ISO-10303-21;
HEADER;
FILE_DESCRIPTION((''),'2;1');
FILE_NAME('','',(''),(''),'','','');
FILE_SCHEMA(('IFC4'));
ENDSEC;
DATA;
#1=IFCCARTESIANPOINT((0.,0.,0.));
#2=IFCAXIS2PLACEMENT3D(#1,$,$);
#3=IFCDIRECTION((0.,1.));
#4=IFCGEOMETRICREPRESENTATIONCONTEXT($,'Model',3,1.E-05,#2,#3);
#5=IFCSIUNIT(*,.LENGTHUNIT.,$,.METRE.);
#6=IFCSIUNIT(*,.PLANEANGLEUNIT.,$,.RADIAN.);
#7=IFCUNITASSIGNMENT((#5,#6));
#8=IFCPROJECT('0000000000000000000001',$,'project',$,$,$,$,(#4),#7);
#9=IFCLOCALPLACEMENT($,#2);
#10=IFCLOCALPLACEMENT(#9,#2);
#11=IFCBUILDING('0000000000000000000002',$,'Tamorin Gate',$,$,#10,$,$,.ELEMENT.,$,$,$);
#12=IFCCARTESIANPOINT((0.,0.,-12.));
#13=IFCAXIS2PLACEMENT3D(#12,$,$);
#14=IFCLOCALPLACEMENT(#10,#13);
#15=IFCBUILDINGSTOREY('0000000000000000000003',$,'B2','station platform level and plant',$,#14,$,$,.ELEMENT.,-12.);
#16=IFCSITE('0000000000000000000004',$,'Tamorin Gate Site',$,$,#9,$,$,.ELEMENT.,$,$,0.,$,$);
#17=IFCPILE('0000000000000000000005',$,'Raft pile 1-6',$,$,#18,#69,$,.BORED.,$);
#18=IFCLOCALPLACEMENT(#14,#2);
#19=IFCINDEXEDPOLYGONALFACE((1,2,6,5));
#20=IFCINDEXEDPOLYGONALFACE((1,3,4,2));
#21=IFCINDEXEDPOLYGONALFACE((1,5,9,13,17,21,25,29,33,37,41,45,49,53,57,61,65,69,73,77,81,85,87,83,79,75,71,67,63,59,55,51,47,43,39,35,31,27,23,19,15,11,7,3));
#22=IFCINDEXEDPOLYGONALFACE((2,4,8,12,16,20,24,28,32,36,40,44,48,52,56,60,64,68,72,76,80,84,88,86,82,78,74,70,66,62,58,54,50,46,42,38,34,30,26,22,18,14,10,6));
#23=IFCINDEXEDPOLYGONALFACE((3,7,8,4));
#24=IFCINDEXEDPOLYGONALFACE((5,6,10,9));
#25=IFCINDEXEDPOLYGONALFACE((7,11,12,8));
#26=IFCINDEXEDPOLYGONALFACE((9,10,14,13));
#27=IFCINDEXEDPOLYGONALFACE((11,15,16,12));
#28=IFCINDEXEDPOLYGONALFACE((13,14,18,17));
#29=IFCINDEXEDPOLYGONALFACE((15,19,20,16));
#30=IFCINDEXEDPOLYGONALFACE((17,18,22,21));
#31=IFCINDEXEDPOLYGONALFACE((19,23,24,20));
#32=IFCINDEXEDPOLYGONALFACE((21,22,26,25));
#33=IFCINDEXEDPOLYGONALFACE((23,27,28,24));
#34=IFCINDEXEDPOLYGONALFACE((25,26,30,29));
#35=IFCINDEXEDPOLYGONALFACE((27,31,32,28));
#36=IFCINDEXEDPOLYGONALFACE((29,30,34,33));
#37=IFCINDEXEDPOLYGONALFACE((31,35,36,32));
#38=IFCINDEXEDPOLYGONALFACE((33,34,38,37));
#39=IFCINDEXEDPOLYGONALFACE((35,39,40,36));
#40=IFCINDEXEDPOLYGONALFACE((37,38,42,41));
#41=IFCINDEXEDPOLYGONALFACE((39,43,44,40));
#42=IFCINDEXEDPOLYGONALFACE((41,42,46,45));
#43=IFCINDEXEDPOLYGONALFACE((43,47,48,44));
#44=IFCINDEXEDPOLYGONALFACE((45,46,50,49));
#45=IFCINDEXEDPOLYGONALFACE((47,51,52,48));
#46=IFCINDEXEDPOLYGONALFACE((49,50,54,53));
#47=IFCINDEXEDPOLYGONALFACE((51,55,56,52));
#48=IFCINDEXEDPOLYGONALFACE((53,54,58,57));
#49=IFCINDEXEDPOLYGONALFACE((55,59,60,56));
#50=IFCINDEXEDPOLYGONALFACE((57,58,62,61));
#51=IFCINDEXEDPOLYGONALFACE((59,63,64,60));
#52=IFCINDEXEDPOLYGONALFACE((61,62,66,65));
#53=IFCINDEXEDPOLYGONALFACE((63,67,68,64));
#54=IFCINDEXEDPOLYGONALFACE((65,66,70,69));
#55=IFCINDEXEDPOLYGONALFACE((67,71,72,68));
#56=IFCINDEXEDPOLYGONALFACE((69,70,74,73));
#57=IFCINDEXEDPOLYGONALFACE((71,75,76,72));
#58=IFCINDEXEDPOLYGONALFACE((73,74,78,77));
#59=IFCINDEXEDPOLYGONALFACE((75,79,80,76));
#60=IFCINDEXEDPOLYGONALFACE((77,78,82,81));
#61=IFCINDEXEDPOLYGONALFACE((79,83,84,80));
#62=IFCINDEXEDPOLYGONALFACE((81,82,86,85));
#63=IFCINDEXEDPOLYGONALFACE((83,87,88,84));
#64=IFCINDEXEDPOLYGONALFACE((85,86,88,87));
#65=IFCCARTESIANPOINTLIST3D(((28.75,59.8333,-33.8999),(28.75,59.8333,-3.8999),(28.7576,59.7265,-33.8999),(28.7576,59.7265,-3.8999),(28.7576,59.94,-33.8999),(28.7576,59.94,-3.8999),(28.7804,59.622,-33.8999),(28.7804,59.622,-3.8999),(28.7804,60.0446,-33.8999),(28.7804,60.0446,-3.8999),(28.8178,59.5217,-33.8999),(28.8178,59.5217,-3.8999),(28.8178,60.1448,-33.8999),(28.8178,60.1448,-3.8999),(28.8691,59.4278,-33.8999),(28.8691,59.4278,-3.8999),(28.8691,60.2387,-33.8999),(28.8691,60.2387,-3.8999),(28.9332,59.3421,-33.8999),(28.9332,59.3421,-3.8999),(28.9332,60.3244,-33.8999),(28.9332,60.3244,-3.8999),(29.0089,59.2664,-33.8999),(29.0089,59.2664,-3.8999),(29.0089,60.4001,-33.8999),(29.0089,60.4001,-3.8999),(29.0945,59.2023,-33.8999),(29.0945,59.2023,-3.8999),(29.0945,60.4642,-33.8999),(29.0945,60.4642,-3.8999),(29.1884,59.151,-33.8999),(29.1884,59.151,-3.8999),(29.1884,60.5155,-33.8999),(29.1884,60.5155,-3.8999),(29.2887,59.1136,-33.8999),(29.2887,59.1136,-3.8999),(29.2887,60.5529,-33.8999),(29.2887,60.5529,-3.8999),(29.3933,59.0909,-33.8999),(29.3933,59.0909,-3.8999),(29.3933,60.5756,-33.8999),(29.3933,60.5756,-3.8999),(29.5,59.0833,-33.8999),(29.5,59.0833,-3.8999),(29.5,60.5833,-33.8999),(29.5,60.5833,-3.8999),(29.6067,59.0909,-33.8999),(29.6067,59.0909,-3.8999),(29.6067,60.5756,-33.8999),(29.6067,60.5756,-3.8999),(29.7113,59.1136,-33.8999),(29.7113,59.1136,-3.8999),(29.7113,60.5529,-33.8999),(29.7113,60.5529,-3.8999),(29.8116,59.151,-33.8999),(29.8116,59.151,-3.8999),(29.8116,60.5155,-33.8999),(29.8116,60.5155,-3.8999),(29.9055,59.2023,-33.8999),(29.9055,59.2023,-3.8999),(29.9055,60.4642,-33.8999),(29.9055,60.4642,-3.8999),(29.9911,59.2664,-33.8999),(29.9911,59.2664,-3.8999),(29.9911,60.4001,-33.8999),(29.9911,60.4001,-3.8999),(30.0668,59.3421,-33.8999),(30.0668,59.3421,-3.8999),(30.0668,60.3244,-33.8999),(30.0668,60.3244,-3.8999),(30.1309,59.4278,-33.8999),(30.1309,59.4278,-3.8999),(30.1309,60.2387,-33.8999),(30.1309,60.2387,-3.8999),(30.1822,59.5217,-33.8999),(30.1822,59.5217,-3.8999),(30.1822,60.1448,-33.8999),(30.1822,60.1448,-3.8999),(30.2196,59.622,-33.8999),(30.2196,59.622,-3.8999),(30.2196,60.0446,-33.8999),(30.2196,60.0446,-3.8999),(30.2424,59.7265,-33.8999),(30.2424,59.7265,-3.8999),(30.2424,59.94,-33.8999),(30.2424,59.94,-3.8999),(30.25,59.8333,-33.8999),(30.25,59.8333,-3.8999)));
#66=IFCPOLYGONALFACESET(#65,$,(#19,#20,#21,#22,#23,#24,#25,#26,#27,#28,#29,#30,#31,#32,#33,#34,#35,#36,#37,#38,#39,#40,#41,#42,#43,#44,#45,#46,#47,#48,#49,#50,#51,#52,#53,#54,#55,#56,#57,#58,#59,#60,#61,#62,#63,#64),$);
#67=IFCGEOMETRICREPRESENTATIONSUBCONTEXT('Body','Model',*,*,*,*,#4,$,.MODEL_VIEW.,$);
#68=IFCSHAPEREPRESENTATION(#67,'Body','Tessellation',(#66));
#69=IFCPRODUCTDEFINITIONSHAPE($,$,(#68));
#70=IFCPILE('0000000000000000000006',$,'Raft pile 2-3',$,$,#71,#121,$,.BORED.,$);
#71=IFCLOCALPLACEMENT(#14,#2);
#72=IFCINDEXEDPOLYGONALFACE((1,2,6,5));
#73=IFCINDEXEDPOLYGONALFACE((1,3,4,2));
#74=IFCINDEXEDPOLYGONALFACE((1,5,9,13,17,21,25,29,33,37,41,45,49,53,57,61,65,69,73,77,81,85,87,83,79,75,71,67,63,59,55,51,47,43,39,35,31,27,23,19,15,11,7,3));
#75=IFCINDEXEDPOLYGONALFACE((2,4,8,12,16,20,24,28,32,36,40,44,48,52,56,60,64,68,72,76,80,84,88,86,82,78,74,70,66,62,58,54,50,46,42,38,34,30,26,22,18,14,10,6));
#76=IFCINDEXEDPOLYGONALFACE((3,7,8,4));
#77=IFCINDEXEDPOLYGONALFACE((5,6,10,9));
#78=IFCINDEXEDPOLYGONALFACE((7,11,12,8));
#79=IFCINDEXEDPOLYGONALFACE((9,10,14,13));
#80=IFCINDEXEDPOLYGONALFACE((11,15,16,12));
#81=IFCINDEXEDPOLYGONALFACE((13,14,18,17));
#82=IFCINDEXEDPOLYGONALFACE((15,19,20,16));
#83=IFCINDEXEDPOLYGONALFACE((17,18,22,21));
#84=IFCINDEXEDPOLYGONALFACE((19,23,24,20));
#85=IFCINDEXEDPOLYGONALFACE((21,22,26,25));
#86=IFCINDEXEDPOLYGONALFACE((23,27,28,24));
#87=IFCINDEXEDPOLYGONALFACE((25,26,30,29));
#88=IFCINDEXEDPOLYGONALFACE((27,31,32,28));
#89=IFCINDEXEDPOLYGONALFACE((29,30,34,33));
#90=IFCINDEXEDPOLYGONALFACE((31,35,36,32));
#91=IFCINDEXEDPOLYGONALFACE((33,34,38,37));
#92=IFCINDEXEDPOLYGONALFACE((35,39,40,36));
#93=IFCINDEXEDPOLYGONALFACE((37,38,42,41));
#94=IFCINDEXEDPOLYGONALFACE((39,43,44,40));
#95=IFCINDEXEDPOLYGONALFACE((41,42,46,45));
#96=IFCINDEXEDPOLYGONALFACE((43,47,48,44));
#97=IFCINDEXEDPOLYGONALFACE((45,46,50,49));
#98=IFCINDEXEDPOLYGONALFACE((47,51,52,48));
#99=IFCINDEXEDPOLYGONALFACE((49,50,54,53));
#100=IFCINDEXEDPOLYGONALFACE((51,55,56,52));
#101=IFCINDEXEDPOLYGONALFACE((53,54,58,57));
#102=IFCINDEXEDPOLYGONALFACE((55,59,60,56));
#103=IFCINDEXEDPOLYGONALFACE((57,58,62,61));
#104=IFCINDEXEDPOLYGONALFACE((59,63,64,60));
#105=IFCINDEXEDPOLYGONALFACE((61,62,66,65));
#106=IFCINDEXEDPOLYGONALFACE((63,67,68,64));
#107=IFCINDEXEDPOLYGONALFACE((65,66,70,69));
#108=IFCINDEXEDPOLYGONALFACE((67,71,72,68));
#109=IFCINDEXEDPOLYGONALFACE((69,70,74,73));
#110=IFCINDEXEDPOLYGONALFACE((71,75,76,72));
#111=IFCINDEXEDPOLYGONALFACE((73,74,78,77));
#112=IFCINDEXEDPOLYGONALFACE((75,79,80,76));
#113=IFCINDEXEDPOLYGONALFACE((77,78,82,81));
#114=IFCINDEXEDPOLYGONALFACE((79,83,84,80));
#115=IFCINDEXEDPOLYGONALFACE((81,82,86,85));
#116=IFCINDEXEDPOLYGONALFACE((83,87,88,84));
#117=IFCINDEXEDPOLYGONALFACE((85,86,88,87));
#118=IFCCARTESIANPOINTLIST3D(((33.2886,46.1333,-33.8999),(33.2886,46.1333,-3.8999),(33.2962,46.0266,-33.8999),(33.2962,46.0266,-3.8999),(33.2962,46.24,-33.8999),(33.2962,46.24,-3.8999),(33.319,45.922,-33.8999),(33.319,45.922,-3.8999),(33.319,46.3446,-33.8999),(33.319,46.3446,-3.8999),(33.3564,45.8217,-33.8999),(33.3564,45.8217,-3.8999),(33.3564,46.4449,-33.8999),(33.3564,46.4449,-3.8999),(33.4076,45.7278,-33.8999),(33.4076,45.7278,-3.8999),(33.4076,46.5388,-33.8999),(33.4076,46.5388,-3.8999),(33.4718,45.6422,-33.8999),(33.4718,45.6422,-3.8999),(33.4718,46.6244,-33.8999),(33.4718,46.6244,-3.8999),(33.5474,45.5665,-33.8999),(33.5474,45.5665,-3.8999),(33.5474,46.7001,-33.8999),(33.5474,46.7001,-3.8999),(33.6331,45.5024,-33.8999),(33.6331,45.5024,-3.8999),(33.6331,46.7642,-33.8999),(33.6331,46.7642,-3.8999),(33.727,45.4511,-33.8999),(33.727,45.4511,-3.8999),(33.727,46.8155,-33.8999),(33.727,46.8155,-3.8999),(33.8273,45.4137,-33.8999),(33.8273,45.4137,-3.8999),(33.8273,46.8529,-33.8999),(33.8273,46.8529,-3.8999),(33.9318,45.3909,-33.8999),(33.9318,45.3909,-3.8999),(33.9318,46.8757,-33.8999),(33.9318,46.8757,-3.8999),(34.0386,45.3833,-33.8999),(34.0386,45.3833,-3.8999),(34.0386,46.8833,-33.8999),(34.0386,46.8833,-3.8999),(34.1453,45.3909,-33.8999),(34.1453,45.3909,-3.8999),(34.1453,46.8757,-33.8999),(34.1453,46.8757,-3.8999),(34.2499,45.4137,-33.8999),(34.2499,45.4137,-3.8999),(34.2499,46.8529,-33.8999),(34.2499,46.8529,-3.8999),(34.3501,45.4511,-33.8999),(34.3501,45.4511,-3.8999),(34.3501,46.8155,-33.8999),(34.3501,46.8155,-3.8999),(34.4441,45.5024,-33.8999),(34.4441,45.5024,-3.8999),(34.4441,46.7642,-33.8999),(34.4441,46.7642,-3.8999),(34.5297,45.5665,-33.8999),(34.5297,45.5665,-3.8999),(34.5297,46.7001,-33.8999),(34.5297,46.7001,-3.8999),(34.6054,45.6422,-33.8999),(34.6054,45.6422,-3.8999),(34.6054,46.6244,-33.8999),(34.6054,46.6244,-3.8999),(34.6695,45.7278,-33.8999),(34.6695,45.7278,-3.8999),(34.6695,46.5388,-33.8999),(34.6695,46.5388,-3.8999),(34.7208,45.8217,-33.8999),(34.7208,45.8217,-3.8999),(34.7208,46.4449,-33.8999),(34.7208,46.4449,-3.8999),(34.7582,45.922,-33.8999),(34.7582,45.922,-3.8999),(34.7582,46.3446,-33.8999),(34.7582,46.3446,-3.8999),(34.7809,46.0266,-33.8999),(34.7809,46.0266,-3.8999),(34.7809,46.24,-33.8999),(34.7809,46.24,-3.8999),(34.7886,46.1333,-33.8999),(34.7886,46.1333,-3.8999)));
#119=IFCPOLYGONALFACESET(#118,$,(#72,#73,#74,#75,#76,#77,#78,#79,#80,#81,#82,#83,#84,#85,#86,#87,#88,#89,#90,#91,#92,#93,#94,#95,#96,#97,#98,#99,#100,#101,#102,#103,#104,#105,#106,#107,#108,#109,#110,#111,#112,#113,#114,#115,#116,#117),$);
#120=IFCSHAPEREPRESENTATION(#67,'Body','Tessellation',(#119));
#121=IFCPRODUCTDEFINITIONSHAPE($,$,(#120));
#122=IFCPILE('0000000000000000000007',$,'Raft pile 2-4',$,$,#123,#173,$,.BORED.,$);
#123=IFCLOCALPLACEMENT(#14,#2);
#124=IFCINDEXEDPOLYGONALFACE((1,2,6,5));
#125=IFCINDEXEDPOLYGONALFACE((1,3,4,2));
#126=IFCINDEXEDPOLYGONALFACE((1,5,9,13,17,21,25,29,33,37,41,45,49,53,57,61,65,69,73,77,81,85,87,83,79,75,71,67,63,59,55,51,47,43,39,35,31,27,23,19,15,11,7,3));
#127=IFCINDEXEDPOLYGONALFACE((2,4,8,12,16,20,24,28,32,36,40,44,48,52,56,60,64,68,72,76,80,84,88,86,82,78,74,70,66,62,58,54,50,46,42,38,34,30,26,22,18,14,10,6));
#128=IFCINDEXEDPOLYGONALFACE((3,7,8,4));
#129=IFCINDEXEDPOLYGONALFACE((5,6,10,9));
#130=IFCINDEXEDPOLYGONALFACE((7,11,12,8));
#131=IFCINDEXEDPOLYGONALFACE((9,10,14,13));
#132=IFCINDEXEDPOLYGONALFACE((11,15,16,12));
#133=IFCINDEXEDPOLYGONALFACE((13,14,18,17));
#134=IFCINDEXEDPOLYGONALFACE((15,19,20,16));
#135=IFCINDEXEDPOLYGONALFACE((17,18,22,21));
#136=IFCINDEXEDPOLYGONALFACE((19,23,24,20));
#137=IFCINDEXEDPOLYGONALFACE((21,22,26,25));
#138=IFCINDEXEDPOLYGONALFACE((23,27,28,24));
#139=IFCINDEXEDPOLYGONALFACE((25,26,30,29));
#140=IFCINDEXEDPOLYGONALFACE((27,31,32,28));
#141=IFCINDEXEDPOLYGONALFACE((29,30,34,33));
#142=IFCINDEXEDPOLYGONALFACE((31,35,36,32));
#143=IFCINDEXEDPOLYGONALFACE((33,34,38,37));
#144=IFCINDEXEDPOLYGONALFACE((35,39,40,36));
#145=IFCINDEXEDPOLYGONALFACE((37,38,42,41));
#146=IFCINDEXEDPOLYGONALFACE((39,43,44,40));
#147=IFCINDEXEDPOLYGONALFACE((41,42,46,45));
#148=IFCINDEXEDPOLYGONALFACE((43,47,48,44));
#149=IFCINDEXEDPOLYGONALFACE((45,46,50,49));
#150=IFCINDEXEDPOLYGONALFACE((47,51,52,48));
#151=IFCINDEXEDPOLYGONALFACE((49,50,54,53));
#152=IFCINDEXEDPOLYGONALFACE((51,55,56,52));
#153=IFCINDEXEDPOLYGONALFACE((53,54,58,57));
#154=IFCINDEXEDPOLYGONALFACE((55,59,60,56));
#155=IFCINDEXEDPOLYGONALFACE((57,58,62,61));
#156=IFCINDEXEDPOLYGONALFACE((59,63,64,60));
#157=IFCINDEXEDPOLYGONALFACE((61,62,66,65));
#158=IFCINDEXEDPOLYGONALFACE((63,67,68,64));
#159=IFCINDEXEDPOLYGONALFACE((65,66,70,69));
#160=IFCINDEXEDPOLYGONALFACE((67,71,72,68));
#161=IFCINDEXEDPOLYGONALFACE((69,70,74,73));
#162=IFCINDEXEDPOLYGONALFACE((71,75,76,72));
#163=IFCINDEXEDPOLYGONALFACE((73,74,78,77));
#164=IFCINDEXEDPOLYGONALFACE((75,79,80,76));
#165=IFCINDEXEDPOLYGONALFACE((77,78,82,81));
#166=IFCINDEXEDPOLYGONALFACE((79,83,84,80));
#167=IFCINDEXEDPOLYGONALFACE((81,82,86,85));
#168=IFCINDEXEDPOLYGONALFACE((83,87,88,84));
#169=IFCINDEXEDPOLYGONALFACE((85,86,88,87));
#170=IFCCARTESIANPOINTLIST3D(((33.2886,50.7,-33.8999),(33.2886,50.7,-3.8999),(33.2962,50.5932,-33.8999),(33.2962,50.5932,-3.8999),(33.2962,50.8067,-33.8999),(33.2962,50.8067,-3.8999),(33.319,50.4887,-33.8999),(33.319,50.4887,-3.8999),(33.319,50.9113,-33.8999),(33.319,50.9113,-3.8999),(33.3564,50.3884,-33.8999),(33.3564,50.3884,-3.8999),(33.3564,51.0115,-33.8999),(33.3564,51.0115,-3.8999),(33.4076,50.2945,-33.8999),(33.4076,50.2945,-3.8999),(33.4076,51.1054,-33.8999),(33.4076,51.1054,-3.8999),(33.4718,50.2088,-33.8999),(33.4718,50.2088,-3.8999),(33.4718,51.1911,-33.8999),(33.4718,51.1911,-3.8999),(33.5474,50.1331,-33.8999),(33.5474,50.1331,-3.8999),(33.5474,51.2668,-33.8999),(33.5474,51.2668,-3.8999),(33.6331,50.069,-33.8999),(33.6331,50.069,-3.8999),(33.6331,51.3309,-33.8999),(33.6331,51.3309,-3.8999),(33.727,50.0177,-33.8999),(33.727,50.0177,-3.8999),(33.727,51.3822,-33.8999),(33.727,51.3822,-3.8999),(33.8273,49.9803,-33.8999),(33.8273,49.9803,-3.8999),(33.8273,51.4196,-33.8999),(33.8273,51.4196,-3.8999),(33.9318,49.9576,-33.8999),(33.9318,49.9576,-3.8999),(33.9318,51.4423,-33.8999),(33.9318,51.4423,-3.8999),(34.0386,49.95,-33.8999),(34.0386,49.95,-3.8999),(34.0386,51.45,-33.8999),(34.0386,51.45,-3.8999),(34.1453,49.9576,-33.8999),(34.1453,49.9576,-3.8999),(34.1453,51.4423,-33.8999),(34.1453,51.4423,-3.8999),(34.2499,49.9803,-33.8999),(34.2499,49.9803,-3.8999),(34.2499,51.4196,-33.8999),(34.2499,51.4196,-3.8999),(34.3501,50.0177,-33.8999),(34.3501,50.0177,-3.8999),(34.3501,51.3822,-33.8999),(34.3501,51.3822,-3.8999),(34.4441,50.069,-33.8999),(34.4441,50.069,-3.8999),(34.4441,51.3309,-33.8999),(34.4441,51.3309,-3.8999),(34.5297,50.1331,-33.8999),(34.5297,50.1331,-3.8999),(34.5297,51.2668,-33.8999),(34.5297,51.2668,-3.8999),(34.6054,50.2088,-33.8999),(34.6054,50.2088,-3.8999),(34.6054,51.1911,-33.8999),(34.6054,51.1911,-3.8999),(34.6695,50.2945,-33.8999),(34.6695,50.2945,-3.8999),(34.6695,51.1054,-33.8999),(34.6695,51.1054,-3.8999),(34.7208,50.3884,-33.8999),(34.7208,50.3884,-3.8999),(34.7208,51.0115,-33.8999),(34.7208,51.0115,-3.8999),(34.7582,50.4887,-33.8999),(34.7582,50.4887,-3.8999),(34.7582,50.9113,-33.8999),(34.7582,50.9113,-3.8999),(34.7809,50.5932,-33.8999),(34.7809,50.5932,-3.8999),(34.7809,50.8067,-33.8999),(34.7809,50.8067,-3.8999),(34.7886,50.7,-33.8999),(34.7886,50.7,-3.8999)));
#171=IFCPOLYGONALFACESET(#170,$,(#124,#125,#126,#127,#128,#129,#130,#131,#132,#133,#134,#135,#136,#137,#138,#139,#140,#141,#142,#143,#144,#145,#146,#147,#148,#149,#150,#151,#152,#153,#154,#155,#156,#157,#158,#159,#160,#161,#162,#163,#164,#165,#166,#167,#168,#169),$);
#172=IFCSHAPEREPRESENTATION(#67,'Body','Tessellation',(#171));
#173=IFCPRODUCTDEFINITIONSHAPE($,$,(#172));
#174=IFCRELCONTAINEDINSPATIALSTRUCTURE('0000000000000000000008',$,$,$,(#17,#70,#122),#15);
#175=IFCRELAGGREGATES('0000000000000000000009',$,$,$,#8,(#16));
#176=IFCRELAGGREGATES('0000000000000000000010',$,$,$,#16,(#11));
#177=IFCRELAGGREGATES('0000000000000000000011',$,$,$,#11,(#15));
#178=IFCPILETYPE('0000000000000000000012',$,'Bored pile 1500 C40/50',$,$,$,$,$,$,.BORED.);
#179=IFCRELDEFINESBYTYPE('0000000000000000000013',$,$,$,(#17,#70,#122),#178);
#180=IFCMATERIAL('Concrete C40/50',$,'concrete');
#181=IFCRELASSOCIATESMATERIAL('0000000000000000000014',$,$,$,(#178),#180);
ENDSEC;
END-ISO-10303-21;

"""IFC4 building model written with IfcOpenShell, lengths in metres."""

from ifc_helpers import new_model, si_unit, direction, frame, origin, origin_2d, place, context, subcontext, project, spatial, circle, extrude, material, material_profile, profile_set, type_object, element, save


model = new_model("IFC4")

# Units and contexts
model_context = context("Model", 3, precision=1e-05, world=origin(), true_north=direction((0.0, 1.0)))
body_context = subcontext(model_context, "Body", "Model", "MODEL_VIEW")
ifc_project = project(units=[si_unit("LENGTHUNIT", "METRE"), si_unit("PLANEANGLEUNIT", "RADIAN")], contexts=[model_context])

# Site, building, storey
site_placement = place(None, origin())
site = spatial("IfcSite", under=ifc_project, at=site_placement, Name="Tamorin Gate Site", CompositionType="ELEMENT", RefElevation=0.0)
building_placement = place(site_placement, origin())
building = spatial("IfcBuilding", under=site, at=building_placement, Name="Tamorin Gate", CompositionType="ELEMENT")
storey_placement = place(building_placement, frame((0.0, 0.0, -12.0)))
storey = spatial("IfcBuildingStorey", under=building, at=storey_placement, Name="B2", Description="station platform level and plant", CompositionType="ELEMENT", Elevation=-12.0)

# Piles
ifc_material_1 = material(Name="Concrete C40/50", Category="concrete")
ifc_material_profile_1 = material_profile(ifc_material_1, circle(Radius=0.75, at=origin_2d()))
ifc_profile_set_1 = profile_set([ifc_material_profile_1], Name="Concrete C40/50")
pile_type = type_object("IfcPileType", Name="Bored pile 1500 C40/50", PredefinedType="BORED", material=ifc_profile_set_1)
for number, where, z_axis, x_axis, name in (
    (1, (29.5, 59.8333, -3.8999), (0.0, 0.0, -1.0), (1.0, 0.0, 0.0), "Raft pile 1-6"),
    (2, (34.0386, 46.1333, -3.8999), (0.0, 0.0, -1.0), (1.0, 0.0, 0.0), "Raft pile 2-3"),
    (3, (34.0386, 50.7, -3.8999), (0.0, 0.0, -1.0), (1.0, 0.0, 0.0), "Raft pile 2-4"),
):
    element("IfcPile", number, at=place(storey_placement, frame(where, z_axis=z_axis, x_axis=x_axis)), inside=storey, type_object=pile_type, Name=name, PredefinedType="BORED", context=body_context, shape_type="SweptSolid", body=[
        extrude(circle(Radius=0.75, at=origin_2d()), origin(), (0.0, 0.0, 1.0), 30.0),
    ])

save(model, "model.ifc")
